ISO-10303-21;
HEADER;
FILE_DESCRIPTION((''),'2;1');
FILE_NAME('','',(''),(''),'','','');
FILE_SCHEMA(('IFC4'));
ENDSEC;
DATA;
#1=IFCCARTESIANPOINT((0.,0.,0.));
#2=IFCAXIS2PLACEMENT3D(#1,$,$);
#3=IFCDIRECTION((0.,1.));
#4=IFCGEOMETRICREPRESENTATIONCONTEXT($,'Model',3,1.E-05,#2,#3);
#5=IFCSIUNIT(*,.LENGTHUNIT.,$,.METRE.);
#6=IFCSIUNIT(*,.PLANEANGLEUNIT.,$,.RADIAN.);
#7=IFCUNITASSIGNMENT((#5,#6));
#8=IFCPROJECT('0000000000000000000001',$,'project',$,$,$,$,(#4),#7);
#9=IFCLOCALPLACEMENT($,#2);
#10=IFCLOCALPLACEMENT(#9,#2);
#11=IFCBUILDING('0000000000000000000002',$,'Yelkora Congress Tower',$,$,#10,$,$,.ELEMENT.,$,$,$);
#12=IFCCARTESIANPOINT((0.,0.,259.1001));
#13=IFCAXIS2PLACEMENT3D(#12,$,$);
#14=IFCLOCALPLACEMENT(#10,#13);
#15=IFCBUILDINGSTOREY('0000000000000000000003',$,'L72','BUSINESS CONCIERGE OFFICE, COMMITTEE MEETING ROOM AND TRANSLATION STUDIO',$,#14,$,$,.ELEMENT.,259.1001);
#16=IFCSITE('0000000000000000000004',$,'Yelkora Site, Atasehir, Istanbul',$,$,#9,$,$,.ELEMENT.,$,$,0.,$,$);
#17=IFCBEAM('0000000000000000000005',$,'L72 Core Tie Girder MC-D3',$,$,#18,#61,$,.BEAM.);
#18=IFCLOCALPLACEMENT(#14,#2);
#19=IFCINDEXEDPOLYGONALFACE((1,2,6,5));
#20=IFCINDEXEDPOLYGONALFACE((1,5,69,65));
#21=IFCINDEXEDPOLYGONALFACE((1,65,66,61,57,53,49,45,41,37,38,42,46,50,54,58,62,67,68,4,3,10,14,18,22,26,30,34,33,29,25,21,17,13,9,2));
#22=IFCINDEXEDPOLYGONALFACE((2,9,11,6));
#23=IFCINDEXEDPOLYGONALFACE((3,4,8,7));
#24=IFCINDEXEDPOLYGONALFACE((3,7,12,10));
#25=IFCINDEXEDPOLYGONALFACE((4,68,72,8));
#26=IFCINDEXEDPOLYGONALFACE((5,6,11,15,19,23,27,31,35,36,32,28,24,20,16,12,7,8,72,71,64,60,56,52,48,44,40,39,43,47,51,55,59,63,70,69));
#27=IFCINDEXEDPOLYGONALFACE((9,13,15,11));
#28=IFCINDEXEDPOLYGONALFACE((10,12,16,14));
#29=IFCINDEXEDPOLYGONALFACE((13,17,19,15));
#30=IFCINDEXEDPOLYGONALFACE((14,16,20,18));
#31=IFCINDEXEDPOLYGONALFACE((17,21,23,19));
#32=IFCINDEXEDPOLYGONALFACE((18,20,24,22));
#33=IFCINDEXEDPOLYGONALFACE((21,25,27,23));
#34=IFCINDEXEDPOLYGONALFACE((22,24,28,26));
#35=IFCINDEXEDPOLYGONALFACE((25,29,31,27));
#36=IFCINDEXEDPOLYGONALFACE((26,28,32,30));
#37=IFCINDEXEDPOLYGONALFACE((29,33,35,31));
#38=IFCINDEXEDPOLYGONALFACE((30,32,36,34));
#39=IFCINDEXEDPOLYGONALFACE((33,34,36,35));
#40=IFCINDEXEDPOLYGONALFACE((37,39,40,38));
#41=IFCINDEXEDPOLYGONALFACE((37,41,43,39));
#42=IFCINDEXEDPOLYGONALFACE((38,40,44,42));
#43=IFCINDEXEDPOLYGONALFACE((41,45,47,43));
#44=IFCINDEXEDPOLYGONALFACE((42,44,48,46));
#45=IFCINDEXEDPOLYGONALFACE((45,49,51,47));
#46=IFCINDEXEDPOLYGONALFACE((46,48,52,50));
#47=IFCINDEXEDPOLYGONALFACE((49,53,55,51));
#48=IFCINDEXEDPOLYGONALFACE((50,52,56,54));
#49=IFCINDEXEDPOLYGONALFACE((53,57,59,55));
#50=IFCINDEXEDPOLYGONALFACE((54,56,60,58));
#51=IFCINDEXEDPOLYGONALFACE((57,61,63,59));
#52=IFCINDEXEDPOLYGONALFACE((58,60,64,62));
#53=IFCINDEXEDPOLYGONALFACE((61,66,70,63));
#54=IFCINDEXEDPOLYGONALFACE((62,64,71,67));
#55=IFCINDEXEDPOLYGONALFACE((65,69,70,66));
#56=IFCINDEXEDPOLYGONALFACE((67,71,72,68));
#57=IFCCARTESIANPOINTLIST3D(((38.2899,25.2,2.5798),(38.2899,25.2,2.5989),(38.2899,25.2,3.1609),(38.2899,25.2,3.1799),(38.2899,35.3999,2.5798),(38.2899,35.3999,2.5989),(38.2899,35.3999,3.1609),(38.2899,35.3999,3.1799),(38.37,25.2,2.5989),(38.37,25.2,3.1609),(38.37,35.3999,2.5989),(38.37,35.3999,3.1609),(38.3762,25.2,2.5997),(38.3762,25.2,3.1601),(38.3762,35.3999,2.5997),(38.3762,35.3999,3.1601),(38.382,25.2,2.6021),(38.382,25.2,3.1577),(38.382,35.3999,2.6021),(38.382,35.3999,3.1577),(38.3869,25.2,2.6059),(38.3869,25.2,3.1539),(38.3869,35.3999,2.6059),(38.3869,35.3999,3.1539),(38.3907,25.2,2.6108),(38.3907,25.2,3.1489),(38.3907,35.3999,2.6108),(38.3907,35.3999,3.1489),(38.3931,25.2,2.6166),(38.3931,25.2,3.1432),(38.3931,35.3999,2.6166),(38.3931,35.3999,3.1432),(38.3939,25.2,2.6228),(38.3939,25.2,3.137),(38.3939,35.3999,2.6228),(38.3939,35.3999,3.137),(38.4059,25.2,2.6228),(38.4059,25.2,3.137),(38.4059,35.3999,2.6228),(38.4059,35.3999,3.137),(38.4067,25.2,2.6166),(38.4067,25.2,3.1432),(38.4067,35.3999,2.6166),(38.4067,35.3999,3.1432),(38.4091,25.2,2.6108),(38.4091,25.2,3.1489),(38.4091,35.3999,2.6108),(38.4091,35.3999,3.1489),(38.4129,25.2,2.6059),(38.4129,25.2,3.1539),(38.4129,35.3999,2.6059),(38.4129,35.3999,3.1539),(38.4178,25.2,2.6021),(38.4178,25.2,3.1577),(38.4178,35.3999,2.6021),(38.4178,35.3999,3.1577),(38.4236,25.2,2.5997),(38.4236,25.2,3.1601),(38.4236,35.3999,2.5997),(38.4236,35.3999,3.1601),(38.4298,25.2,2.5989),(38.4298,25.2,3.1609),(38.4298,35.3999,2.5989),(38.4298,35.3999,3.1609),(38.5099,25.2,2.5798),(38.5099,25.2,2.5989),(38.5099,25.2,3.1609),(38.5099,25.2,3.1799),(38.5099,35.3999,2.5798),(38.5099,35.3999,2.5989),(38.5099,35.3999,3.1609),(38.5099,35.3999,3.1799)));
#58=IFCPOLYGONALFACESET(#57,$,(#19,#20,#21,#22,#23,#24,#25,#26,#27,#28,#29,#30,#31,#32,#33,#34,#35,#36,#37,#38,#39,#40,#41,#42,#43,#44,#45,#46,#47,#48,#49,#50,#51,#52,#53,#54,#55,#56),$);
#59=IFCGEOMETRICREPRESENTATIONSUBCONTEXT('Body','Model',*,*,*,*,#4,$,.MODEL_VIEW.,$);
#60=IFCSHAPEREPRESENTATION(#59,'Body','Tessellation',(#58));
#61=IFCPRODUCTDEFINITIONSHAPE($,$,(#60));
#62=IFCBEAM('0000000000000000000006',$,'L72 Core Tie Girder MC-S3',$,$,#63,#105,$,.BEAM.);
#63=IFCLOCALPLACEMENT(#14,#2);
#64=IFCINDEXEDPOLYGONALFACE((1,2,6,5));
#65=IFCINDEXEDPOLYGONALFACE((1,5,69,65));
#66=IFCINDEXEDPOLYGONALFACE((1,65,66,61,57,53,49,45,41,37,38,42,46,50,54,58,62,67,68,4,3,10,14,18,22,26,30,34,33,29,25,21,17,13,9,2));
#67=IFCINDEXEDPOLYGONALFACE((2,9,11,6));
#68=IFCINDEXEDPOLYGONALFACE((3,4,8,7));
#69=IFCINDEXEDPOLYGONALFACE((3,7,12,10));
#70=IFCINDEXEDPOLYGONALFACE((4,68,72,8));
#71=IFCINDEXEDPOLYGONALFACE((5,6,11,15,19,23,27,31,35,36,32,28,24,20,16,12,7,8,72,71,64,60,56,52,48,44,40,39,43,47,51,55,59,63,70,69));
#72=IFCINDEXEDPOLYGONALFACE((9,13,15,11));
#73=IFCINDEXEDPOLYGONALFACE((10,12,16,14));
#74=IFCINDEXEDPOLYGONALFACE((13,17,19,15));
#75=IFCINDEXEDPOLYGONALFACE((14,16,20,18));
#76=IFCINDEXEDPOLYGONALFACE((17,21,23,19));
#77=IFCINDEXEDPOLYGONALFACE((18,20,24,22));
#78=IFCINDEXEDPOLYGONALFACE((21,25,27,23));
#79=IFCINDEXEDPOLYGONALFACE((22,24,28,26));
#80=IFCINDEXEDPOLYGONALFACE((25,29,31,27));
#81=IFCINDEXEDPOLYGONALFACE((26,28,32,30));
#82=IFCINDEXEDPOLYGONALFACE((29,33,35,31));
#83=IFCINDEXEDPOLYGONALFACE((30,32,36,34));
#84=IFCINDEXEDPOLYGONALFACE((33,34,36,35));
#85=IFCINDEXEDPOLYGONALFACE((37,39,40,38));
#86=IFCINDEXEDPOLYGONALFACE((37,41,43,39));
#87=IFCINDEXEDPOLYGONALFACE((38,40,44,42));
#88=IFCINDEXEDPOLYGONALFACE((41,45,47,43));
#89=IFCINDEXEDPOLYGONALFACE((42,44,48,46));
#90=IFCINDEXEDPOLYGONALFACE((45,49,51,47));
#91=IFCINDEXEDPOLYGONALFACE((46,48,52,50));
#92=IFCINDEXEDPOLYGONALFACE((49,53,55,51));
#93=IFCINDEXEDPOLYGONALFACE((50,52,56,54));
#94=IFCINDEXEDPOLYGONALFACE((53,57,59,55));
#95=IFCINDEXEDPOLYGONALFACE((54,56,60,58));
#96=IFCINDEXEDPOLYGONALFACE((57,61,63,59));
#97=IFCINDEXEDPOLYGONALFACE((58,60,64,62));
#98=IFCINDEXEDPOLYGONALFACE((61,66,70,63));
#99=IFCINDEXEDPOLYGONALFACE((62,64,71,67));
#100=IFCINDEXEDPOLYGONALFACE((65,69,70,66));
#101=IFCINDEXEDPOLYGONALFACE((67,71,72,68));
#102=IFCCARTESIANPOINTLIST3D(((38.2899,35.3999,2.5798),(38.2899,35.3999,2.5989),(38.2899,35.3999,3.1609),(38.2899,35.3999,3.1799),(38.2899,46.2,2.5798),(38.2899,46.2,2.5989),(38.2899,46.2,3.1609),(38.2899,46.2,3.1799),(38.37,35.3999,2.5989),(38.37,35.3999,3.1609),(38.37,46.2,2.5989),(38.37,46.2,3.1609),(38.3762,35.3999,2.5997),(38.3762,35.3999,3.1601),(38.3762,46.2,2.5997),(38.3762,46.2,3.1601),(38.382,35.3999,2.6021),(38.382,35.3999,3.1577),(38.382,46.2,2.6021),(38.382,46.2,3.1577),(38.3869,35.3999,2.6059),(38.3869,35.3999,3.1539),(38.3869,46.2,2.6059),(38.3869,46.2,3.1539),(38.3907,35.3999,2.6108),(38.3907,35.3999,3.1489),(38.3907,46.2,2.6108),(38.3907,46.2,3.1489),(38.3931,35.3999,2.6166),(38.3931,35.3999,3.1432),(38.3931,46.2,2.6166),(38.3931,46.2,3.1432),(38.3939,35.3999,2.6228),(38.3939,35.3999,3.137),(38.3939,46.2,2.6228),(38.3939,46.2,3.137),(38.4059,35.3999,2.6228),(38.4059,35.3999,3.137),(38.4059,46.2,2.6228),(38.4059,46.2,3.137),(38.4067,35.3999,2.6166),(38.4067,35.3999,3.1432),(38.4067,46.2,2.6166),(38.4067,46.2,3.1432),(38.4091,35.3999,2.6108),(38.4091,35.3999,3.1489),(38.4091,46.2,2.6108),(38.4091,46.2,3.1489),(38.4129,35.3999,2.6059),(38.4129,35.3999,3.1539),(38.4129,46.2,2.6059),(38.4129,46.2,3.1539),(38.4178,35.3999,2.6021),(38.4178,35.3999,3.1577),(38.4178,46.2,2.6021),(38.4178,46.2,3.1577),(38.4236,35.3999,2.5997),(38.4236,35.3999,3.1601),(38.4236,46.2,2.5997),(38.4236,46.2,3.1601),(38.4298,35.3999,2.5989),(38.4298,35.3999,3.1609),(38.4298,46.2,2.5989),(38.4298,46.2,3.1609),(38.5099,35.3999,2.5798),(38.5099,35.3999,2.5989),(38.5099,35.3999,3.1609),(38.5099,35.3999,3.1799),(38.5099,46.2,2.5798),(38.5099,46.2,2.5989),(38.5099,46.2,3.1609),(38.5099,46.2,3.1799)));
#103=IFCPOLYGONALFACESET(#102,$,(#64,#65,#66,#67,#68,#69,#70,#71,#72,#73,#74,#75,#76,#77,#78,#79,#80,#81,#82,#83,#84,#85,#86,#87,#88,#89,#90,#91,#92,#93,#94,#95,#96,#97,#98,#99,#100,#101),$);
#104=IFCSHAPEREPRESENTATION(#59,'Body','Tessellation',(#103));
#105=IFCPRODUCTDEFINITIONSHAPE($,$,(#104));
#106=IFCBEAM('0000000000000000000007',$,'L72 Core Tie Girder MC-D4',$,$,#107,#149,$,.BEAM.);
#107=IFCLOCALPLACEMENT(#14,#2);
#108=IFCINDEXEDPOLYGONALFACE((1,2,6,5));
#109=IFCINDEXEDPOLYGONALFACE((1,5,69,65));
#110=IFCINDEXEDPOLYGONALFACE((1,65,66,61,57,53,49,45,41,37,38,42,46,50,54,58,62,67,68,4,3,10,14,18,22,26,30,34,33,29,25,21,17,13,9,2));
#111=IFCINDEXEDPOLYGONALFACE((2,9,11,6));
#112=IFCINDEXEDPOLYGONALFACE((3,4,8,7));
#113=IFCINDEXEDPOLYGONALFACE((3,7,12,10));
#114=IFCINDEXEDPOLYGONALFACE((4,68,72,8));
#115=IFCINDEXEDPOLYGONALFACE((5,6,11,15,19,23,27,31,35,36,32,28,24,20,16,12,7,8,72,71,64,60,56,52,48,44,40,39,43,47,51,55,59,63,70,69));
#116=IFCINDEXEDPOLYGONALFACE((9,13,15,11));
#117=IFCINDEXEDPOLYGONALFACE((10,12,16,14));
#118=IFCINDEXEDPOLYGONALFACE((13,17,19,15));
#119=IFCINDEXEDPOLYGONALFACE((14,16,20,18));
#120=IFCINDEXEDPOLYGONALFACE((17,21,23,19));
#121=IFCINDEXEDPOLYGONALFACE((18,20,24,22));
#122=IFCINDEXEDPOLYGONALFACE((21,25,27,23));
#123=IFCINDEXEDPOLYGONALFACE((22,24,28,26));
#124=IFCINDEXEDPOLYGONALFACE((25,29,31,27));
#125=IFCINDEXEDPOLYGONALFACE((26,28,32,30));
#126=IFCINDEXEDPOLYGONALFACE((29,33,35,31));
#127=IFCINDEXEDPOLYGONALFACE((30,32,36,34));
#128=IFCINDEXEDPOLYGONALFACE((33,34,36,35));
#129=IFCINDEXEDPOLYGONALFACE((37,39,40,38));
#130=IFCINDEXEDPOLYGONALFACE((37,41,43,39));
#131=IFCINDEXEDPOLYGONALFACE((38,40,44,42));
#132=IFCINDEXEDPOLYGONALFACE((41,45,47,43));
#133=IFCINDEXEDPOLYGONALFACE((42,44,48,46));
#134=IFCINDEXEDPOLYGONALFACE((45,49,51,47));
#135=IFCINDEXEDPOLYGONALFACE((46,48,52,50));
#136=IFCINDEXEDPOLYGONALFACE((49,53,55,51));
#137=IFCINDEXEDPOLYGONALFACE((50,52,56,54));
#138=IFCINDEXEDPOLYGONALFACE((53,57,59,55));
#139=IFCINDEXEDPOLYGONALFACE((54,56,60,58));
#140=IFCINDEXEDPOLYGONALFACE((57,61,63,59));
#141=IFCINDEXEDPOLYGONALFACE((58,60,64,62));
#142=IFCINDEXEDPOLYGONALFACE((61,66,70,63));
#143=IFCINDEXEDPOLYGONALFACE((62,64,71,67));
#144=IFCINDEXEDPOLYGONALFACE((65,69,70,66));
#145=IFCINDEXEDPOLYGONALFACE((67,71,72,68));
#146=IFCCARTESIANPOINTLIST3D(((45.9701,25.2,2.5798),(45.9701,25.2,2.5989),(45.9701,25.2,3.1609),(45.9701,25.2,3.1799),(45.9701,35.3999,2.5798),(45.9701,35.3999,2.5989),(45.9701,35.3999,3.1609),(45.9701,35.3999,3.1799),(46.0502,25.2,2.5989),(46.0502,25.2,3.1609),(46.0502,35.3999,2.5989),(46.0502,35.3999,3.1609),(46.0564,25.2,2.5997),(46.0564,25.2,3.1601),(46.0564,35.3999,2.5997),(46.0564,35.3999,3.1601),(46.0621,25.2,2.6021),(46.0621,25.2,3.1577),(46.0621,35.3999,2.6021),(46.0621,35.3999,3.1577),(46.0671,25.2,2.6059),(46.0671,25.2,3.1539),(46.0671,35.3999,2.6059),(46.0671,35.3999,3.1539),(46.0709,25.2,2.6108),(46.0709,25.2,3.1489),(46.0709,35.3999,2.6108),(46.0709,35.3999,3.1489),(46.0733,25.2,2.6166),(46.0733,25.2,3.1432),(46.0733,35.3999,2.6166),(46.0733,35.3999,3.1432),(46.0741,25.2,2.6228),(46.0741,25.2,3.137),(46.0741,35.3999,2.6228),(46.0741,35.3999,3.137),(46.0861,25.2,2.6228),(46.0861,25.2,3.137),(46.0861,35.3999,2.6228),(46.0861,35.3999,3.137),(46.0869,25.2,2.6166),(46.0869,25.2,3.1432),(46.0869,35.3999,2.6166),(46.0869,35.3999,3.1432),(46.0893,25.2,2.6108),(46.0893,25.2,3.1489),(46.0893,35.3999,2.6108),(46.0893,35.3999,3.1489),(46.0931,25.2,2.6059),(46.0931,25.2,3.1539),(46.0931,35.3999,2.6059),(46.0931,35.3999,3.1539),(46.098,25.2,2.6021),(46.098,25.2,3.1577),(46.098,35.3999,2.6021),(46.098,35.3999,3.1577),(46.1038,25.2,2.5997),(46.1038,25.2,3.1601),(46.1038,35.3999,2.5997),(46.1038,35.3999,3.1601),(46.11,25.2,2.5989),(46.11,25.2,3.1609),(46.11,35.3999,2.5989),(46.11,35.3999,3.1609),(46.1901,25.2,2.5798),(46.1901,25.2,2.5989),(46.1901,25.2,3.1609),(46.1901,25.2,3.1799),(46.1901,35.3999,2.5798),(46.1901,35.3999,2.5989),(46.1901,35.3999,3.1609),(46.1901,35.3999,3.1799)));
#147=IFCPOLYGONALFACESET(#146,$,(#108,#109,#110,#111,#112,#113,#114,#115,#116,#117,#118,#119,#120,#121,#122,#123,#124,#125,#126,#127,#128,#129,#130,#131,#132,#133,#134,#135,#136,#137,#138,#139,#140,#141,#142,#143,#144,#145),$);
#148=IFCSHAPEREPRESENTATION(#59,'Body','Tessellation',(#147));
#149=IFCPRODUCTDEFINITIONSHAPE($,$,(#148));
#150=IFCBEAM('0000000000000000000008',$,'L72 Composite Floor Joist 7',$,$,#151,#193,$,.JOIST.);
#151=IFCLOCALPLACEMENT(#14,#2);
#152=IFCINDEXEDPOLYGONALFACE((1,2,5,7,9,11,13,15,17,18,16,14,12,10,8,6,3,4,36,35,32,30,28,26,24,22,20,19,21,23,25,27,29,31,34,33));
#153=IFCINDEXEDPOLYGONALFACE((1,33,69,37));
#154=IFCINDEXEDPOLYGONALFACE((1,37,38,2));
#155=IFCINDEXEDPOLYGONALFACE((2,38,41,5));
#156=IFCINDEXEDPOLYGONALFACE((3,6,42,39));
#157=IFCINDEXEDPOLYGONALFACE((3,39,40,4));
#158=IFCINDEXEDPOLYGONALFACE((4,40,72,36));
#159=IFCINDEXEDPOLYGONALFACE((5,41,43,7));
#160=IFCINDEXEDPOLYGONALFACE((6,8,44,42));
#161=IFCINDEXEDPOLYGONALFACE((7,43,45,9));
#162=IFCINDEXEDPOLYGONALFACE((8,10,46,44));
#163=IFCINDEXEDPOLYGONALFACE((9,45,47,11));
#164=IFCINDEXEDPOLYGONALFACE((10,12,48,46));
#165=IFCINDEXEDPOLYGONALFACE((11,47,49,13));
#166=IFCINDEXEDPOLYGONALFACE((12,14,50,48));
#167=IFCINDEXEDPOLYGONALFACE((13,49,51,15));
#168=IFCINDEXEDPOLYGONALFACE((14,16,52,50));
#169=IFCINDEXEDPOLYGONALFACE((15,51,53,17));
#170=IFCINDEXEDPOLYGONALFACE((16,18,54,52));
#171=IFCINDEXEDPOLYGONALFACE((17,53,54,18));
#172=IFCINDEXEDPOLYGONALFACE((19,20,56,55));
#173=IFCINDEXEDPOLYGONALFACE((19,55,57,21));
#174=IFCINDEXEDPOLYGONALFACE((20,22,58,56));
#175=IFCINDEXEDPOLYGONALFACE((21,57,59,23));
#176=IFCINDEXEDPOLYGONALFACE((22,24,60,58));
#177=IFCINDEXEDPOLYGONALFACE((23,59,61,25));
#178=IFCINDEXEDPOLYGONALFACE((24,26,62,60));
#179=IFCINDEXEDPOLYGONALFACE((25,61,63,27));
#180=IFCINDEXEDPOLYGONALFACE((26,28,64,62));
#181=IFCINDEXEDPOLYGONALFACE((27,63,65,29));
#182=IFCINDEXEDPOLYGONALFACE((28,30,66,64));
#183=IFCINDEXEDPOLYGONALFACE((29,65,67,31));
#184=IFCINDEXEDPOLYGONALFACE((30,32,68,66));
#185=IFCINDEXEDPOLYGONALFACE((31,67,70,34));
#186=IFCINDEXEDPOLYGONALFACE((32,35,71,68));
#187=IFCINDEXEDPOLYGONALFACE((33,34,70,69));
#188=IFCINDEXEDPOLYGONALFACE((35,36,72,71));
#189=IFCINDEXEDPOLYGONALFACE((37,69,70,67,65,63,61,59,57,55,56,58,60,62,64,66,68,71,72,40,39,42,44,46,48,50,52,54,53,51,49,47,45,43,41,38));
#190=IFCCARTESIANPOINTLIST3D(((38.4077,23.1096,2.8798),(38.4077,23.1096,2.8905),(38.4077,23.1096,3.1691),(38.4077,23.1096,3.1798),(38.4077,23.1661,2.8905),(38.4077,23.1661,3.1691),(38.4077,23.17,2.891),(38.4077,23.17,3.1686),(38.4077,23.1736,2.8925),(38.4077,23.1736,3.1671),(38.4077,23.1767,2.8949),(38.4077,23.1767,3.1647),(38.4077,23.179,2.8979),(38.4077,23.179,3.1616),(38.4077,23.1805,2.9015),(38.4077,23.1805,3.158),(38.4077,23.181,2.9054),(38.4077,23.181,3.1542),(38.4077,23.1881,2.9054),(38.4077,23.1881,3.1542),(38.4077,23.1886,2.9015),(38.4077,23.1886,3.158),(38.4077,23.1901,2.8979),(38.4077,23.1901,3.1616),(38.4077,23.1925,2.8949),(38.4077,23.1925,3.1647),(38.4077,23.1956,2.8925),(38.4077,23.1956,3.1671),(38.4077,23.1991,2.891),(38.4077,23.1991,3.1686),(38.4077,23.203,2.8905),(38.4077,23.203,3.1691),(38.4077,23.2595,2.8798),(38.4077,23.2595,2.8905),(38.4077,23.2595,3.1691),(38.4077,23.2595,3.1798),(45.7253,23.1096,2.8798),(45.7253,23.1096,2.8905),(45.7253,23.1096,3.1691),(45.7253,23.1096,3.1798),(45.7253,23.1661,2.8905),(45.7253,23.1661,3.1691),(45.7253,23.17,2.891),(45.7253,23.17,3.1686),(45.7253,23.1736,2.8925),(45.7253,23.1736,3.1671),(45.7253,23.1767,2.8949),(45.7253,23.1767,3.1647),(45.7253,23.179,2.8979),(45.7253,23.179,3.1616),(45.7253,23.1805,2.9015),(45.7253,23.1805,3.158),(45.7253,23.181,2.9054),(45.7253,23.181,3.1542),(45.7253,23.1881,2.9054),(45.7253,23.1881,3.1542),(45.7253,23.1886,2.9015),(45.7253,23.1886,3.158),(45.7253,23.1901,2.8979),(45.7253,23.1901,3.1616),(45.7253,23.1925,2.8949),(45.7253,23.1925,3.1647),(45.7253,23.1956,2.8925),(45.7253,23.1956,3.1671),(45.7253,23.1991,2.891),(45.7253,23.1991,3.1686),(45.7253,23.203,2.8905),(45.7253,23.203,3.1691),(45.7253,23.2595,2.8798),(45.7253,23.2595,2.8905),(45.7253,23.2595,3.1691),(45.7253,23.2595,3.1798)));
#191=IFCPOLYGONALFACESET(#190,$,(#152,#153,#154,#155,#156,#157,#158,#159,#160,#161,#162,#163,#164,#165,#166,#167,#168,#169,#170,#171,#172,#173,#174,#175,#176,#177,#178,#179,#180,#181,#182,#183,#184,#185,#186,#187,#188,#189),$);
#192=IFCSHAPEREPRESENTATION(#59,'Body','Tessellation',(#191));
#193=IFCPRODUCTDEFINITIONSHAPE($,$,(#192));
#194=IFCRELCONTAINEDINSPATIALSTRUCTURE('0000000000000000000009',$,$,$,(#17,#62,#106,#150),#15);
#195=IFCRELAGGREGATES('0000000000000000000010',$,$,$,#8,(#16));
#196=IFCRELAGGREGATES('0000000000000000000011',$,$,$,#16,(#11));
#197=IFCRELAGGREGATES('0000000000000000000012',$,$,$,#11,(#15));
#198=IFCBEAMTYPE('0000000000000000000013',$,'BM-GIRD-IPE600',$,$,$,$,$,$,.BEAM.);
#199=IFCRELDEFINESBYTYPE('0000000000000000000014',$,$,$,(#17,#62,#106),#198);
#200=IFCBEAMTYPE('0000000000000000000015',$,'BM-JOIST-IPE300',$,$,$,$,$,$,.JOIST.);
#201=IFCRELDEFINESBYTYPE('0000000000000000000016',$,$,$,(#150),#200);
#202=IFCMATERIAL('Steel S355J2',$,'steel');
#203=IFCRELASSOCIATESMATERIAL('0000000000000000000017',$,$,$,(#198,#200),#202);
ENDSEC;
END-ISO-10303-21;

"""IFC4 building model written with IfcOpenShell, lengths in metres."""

from ifc_helpers import new_model, si_unit, direction, frame, origin, origin_2d, place, context, subcontext, project, spatial, i_section, extrude, material, material_profile, profile_set, type_object, element, save


model = new_model("IFC4")

# Units and contexts
model_context = context("Model", 3, precision=1e-05, world=origin(), true_north=direction((0.0, 1.0)))
body_context = subcontext(model_context, "Body", "Model", "MODEL_VIEW")
ifc_project = project(units=[si_unit("LENGTHUNIT", "METRE"), si_unit("PLANEANGLEUNIT", "RADIAN")], contexts=[model_context])

# Site, building, storey
site_placement = place(None, origin())
site = spatial("IfcSite", under=ifc_project, at=site_placement, Name="Yelkora Site, Atasehir, Istanbul", CompositionType="ELEMENT", RefElevation=0.0)
building_placement = place(site_placement, origin())
building = spatial("IfcBuilding", under=site, at=building_placement, Name="Yelkora Congress Tower", CompositionType="ELEMENT")
storey_placement = place(building_placement, frame((0.0, 0.0, 259.1001)))
storey = spatial("IfcBuildingStorey", under=building, at=storey_placement, Name="L72", Description="BUSINESS CONCIERGE OFFICE, COMMITTEE MEETING ROOM AND TRANSLATION STUDIO", CompositionType="ELEMENT", Elevation=259.1001)

# Beams
ifc_material_1 = material(Name="Steel S355J2", Category="steel")
ifc_material_profile_1 = material_profile(ifc_material_1, i_section(OverallWidth=0.22, OverallDepth=0.6001, WebThickness=0.012, FlangeThickness=0.019, FilletRadius=0.0239, at=origin_2d()), Name="IPE 600")
ifc_profile_set_1 = profile_set([ifc_material_profile_1], Name="Steel S355J2")
beam_type_1 = type_object("IfcBeamType", Name="BM-GIRD-IPE600", PredefinedType="BEAM", material=ifc_profile_set_1)
beam_1_placement = place(storey_placement, frame((38.3999, 25.2, 2.8799), z_axis=(0.0, 1.0, 0.0), x_axis=(-1.0, 0.0, 0.0)))
element("IfcBeam", 1, at=beam_1_placement, inside=storey, type_object=beam_type_1, Name="L72 Core Tie Girder MC-D3", PredefinedType="BEAM", context=body_context, shape_type="SweptSolid", body=[
    extrude(i_section(OverallWidth=0.22, OverallDepth=0.6001, WebThickness=0.012, FlangeThickness=0.019, FilletRadius=0.0239, at=origin_2d()), origin(), (0.0, 0.0, 1.0), 10.2),
])
beam_2_placement = place(storey_placement, frame((38.3999, 35.3999, 2.8799), z_axis=(0.0, 1.0, 0.0), x_axis=(-1.0, 0.0, 0.0)))
element("IfcBeam", 2, at=beam_2_placement, inside=storey, type_object=beam_type_1, Name="L72 Core Tie Girder MC-S3", PredefinedType="BEAM", context=body_context, shape_type="SweptSolid", body=[
    extrude(i_section(OverallWidth=0.22, OverallDepth=0.6001, WebThickness=0.012, FlangeThickness=0.019, FilletRadius=0.0239, at=origin_2d()), origin(), (0.0, 0.0, 1.0), 10.8),
])
beam_3_placement = place(storey_placement, frame((46.0801, 25.2, 2.8799), z_axis=(0.0, 1.0, 0.0), x_axis=(-1.0, 0.0, 0.0)))
element("IfcBeam", 3, at=beam_3_placement, inside=storey, type_object=beam_type_1, Name="L72 Core Tie Girder MC-D4", PredefinedType="BEAM", context=body_context, shape_type="SweptSolid", body=[
    extrude(i_section(OverallWidth=0.22, OverallDepth=0.6001, WebThickness=0.012, FlangeThickness=0.019, FilletRadius=0.0239, at=origin_2d()), origin(), (0.0, 0.0, 1.0), 10.2),
])
ifc_material_profile_2 = material_profile(ifc_material_1, i_section(OverallWidth=0.1499, OverallDepth=0.3, WebThickness=0.0071, FlangeThickness=0.0107, FilletRadius=0.0149, at=origin_2d()), Name="IPE 300")
ifc_profile_set_2 = profile_set([ifc_material_profile_2], Name="Steel S355J2")
beam_type_2 = type_object("IfcBeamType", Name="BM-JOIST-IPE300", PredefinedType="JOIST", material=ifc_profile_set_2)
beam_4_placement = place(storey_placement, frame((38.4077, 23.1846, 3.0298), z_axis=(1.0, 0.0, 0.0), x_axis=(0.0, 1.0, 0.0)))
element("IfcBeam", 4, at=beam_4_placement, inside=storey, type_object=beam_type_2, Name="L72 Composite Floor Joist 7", PredefinedType="JOIST", context=body_context, shape_type="SweptSolid", body=[
    extrude(i_section(OverallWidth=0.1499, OverallDepth=0.3, WebThickness=0.0071, FlangeThickness=0.0107, FilletRadius=0.0149, at=origin_2d()), origin(), (0.0, 0.0, 1.0), 7.3176),
])

save(model, "model.ifc")
